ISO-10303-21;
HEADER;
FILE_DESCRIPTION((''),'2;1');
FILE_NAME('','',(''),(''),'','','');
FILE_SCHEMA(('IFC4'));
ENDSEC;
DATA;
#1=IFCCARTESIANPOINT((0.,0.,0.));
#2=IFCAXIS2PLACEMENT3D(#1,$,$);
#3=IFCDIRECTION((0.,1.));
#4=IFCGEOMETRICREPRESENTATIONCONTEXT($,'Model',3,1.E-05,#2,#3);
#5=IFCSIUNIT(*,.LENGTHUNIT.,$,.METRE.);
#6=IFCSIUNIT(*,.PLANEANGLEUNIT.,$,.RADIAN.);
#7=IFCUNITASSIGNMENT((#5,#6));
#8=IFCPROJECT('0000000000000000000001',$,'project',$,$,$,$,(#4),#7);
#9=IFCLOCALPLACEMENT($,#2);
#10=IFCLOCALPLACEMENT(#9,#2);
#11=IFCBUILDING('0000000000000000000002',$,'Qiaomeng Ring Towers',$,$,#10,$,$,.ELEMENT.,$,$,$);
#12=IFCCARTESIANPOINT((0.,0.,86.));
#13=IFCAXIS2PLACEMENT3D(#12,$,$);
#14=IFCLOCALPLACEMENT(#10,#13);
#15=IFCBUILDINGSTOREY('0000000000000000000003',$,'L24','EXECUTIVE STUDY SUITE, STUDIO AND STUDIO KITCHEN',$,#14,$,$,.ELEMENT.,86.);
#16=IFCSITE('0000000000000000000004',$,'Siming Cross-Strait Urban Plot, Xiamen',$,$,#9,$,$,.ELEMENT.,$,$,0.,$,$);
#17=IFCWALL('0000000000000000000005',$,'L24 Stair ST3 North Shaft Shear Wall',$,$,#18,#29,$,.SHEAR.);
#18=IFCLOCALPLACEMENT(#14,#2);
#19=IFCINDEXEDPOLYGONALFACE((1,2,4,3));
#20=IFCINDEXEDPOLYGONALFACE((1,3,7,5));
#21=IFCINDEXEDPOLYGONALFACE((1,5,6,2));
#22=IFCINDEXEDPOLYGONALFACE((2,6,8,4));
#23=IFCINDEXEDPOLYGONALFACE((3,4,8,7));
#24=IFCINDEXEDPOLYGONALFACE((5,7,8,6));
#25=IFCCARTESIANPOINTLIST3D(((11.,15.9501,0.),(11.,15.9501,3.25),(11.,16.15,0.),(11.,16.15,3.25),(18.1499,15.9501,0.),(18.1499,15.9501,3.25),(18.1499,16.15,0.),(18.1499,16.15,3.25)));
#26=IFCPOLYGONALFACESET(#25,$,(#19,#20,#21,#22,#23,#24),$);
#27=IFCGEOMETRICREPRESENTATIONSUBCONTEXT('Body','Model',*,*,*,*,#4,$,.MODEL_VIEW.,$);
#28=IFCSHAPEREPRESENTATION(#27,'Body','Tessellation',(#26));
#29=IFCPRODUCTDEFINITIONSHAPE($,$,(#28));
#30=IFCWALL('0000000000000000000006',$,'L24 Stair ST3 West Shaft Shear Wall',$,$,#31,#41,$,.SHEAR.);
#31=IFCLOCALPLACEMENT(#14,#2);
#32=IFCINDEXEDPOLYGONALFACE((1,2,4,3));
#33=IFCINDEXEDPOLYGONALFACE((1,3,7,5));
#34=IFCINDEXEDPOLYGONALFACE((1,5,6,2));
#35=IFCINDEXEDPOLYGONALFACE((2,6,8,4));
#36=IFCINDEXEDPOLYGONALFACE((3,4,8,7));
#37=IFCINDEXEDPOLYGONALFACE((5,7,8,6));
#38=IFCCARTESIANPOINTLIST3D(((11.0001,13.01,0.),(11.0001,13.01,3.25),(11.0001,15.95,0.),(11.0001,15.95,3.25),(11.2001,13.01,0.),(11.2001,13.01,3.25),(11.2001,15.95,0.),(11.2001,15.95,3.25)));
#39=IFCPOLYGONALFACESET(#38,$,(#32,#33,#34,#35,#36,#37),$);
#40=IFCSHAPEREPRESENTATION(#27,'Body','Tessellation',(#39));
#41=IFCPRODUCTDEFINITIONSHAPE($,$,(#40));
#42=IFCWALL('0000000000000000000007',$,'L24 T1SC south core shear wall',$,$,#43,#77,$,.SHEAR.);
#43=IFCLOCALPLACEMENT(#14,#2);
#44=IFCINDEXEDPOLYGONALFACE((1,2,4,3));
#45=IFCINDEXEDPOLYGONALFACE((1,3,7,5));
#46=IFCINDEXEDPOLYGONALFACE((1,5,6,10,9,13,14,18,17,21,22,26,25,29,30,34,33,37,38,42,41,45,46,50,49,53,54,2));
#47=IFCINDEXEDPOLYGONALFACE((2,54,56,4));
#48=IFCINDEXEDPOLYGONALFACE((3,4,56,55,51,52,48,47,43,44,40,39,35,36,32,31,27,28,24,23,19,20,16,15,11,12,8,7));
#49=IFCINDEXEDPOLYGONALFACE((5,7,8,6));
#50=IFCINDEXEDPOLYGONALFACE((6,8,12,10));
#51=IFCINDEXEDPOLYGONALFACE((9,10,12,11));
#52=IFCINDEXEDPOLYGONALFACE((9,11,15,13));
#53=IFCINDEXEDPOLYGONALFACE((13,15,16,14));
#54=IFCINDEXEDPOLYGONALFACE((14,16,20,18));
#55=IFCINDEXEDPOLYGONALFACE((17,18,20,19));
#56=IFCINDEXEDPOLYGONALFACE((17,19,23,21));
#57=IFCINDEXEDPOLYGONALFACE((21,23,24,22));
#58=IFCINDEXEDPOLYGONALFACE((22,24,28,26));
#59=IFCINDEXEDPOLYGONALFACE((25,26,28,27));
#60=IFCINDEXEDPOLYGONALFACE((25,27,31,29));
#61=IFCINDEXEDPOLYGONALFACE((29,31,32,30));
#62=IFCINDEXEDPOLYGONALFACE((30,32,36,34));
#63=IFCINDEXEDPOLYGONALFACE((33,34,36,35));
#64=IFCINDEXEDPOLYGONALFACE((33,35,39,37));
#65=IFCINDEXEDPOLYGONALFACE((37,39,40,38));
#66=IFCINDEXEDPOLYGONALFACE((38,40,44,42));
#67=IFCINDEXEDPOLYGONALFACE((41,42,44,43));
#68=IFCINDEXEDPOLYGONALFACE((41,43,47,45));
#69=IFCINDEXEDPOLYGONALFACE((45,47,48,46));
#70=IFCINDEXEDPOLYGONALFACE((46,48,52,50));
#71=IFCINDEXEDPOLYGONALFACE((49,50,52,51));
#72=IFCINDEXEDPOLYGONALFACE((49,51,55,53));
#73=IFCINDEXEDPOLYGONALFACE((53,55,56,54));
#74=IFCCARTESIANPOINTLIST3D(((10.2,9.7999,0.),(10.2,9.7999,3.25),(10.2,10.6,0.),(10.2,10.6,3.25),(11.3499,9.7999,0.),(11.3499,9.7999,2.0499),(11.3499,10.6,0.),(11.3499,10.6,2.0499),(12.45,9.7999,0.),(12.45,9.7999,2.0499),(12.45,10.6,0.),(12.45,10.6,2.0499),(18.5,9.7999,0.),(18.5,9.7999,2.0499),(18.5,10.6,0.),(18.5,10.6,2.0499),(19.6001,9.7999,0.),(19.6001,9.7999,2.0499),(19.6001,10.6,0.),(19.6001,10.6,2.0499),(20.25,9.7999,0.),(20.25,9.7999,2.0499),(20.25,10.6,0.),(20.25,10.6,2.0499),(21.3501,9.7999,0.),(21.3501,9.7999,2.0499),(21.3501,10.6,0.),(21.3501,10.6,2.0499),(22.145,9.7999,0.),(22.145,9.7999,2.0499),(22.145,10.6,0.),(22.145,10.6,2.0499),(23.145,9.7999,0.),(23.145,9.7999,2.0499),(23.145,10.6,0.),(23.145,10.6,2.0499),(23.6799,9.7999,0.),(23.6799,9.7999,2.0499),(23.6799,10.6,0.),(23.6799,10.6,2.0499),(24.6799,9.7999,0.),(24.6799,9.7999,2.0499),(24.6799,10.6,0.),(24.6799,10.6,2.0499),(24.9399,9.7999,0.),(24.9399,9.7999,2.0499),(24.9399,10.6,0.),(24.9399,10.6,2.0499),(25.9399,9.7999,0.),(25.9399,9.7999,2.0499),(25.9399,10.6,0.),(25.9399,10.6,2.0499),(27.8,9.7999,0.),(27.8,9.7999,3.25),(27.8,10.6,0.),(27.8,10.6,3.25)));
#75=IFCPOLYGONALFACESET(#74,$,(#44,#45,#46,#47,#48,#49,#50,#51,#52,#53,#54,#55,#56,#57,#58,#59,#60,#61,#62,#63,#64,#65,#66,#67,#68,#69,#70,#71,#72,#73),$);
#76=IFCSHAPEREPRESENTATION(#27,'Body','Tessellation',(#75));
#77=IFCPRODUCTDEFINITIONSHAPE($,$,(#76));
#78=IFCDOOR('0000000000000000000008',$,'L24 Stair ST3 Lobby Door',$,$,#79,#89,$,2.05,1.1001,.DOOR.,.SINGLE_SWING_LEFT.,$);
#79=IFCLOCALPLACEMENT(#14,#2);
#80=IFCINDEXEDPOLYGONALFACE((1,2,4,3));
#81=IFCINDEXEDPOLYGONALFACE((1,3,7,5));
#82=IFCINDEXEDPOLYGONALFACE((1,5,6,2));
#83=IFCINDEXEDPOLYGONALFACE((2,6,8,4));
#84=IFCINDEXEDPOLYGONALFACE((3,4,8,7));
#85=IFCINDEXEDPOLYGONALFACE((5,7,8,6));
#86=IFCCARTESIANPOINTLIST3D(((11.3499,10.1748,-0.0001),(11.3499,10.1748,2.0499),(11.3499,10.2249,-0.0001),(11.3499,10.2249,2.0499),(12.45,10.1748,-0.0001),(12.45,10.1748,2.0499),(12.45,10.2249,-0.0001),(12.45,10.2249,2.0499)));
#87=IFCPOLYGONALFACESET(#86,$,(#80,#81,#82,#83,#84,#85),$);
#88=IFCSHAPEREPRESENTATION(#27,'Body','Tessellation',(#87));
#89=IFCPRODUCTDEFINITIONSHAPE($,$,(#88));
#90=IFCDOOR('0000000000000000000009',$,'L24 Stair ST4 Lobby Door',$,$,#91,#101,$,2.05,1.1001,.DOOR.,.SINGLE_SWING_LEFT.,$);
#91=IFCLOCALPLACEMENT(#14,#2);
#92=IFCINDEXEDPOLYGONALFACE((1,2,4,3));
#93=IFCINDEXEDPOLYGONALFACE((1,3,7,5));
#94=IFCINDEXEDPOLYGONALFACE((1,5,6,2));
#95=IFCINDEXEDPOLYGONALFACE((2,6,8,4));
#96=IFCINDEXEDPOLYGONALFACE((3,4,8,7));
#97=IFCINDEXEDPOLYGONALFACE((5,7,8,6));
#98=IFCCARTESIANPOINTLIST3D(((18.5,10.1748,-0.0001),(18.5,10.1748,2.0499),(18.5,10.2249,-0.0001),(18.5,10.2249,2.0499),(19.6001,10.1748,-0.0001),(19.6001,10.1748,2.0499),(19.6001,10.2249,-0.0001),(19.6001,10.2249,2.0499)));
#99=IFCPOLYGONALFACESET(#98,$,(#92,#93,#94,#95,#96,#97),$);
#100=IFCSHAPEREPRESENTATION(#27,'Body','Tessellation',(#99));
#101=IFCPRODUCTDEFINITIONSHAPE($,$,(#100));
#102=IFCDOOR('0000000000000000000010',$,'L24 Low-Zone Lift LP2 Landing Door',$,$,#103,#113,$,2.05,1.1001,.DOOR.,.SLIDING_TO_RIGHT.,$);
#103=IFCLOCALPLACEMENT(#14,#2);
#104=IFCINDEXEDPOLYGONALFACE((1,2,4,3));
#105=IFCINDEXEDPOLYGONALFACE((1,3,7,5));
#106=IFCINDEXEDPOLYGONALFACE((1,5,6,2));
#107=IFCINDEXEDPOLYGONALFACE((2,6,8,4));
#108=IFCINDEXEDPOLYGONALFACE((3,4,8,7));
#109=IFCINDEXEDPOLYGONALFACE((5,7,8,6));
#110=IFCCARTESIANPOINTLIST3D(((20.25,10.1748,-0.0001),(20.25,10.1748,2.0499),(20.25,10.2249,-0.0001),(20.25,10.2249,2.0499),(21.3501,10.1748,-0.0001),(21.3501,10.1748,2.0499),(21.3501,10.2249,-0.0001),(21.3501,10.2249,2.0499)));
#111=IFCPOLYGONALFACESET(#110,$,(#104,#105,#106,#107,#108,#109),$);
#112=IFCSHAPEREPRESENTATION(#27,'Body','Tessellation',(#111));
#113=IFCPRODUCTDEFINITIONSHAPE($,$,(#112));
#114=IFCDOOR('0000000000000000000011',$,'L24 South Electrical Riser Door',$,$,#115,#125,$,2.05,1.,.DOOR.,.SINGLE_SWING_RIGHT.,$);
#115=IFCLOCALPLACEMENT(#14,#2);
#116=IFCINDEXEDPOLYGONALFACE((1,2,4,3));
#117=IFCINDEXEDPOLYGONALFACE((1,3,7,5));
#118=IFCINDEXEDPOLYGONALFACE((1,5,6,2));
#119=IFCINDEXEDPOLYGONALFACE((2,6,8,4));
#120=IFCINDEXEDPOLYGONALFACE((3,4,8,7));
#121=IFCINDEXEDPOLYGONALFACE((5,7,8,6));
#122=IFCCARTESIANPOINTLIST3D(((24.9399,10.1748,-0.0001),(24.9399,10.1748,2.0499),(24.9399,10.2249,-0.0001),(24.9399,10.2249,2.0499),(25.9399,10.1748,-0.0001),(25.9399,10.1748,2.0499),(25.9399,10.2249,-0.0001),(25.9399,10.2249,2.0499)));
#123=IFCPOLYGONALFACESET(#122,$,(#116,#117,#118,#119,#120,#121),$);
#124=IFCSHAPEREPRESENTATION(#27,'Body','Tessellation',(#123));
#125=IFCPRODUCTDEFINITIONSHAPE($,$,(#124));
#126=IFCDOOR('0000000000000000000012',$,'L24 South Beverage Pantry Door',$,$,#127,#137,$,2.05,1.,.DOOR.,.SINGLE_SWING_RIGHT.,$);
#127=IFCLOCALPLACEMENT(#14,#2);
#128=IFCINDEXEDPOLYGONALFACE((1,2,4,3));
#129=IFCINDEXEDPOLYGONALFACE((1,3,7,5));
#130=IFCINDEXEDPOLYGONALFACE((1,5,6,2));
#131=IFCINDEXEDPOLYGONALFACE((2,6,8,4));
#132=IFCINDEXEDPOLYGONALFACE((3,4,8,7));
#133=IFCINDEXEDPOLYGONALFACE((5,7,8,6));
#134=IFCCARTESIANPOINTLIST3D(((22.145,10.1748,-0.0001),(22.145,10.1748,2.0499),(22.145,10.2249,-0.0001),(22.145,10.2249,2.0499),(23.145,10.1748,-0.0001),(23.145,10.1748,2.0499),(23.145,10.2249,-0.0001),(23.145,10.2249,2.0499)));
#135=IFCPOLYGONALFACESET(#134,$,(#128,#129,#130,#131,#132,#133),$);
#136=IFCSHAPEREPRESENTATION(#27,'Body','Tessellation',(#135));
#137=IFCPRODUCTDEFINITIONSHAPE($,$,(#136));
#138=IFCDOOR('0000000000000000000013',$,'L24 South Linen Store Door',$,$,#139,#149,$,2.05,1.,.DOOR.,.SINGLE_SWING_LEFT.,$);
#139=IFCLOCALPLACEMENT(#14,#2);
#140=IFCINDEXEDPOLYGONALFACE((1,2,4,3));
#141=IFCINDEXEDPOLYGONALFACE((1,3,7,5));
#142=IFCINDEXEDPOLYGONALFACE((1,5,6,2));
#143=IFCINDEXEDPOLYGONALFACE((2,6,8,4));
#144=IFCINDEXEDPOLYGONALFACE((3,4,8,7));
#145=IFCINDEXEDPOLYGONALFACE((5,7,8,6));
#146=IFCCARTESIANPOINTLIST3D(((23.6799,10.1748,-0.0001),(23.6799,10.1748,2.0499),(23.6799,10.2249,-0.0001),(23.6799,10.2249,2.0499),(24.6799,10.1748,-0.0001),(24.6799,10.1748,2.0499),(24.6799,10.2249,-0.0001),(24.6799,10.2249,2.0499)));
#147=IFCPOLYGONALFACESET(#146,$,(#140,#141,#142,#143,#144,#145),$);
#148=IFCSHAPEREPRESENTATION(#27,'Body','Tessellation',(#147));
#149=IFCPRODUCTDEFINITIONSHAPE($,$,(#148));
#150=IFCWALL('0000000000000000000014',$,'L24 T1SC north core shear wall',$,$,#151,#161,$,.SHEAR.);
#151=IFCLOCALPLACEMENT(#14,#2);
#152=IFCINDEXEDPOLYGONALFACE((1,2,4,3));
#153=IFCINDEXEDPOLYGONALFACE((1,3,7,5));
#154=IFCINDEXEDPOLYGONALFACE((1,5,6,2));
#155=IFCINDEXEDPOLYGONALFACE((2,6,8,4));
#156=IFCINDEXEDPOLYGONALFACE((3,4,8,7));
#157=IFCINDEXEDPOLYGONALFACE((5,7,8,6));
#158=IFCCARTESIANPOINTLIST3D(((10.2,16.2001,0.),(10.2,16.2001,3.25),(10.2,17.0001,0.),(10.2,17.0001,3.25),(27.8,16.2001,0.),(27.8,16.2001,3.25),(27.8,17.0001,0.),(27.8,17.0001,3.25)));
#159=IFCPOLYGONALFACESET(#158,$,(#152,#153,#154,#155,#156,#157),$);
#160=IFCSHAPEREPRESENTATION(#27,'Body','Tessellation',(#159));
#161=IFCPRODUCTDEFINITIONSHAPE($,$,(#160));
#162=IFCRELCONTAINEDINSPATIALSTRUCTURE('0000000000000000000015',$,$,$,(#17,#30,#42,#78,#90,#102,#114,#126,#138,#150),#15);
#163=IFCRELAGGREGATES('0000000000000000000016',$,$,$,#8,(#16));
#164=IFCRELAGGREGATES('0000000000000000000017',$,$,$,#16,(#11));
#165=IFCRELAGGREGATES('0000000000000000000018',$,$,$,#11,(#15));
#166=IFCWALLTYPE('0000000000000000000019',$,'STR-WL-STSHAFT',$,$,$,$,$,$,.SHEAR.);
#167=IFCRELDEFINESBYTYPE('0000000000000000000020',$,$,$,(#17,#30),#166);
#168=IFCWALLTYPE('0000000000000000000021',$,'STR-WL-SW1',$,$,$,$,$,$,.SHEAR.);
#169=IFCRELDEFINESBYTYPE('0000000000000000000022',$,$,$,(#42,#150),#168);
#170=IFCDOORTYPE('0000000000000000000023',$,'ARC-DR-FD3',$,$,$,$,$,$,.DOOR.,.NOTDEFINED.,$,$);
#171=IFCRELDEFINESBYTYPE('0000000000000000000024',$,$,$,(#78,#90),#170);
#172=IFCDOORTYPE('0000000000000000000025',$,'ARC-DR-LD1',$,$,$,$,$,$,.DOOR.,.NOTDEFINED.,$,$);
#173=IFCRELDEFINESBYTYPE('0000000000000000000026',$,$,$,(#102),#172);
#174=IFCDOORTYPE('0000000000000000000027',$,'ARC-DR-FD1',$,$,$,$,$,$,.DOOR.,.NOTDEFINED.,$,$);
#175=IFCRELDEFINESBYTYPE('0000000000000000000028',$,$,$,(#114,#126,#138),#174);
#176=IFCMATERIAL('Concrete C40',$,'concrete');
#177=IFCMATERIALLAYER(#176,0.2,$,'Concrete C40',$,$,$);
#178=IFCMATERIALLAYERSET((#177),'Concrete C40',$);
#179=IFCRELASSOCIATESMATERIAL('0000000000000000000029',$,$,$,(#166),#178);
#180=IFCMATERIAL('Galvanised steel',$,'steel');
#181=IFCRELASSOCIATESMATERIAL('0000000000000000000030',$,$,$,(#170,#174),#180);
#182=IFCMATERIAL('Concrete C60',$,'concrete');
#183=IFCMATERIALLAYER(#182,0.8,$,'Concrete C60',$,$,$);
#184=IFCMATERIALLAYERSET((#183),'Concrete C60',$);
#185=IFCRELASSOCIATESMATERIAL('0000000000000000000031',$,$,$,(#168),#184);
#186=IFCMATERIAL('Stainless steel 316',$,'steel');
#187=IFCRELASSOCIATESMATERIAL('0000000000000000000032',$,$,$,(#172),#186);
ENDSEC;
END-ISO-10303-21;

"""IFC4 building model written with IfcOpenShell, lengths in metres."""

from ifc_helpers import new_model, si_unit, direction, frame, frame_2d, origin, place, context, subcontext, project, spatial, rectangle, extrude, source, transform, mapped, material, layer, layer_set, type_object, element, fill, save


model = new_model("IFC4")

# Units and contexts
model_context = context("Model", 3, precision=1e-05, world=origin(), true_north=direction((0.0, 1.0)))
body_context = subcontext(model_context, "Body", "Model", "MODEL_VIEW")
ifc_project = project(units=[si_unit("LENGTHUNIT", "METRE"), si_unit("PLANEANGLEUNIT", "RADIAN")], contexts=[model_context])

# Site, building, storey
site_placement = place(None, origin())
site = spatial("IfcSite", under=ifc_project, at=site_placement, Name="Siming Cross-Strait Urban Plot, Xiamen", CompositionType="ELEMENT", RefElevation=0.0)
building_placement = place(site_placement, origin())
building = spatial("IfcBuilding", under=site, at=building_placement, Name="Qiaomeng Ring Towers", CompositionType="ELEMENT")
storey_placement = place(building_placement, frame((0.0, 0.0, 86.0)))
storey = spatial("IfcBuildingStorey", under=building, at=storey_placement, Name="L24", Description="EXECUTIVE STUDY SUITE, STUDIO AND STUDIO KITCHEN", CompositionType="ELEMENT", Elevation=86.0)

# Shared definitions
shared_shape_1 = source(origin(), body_context, "Body", "SweptSolid", [
    extrude(rectangle(XDim=1.0, YDim=2.05, at=frame_2d((0.5, 1.0249))), frame((0.0, 0.0249, 0.0), z_axis=(0.0, -1.0, 0.0), x_axis=(1.0, 0.0, 0.0)), (0.0, 0.0, 1.0), 0.05),
])

# Shared definitions
ifc_material_1 = material(Name="Concrete C40", Category="concrete")
ifc_layer_1 = layer(ifc_material_1, 0.2, Name="Concrete C40")
ifc_layer_set_1 = layer_set([ifc_layer_1], Name="Concrete C40")
wall_type_1 = type_object("IfcWallType", Name="STR-WL-STSHAFT", PredefinedType="SHEAR", material=ifc_layer_set_1)
ifc_material_2 = material(Name="Galvanised steel", Category="steel")
door_type_1 = type_object("IfcDoorType", Name="ARC-DR-FD3", OperationType="NOTDEFINED", PredefinedType="DOOR", material=ifc_material_2)
shared_shape_2 = source(origin(), body_context, "Body", "SweptSolid", [
    extrude(rectangle(XDim=1.1001, YDim=2.05, at=frame_2d((0.55, 1.0249))), frame((0.0, 0.0249, 0.0), z_axis=(0.0, -1.0, 0.0), x_axis=(1.0, 0.0, 0.0)), (0.0, 0.0, 1.0), 0.05),
])

# Walls
wall_1_placement = place(storey_placement, frame((11.0, 16.05, 0.0), z_axis=(0.0, 0.0, 1.0), x_axis=(1.0, 0.0, 0.0)))
element("IfcWall", 1, at=wall_1_placement, inside=storey, type_object=wall_type_1, Name="L24 Stair ST3 North Shaft Shear Wall", PredefinedType="SHEAR", context=body_context, shape_type="SweptSolid", body=[
    extrude(rectangle(XDim=7.1499, YDim=0.2, at=frame_2d((3.575, 0.0))), origin(), (0.0, 0.0, 1.0), 3.25),
])
wall_2_placement = place(storey_placement, frame((11.1001, 13.01, 0.0), z_axis=(0.0, 0.0, 1.0), x_axis=(0.0, 1.0, 0.0)))
element("IfcWall", 2, at=wall_2_placement, inside=storey, type_object=wall_type_1, Name="L24 Stair ST3 West Shaft Shear Wall", PredefinedType="SHEAR", context=body_context, shape_type="SweptSolid", body=[
    extrude(rectangle(XDim=2.9399, YDim=0.2, at=frame_2d((1.47, 0.0))), origin(), (0.0, 0.0, 1.0), 3.25),
])

# Wall, openings, doors
ifc_material_3 = material(Name="Concrete C60", Category="concrete")
ifc_layer_2 = layer(ifc_material_3, 0.8, Name="Concrete C60")
ifc_layer_set_2 = layer_set([ifc_layer_2], Name="Concrete C60")
wall_type_2 = type_object("IfcWallType", Name="STR-WL-SW1", PredefinedType="SHEAR", material=ifc_layer_set_2)
wall_3_placement = place(storey_placement, frame((10.2, 10.2, 0.0), z_axis=(0.0, 0.0, 1.0), x_axis=(1.0, 0.0, 0.0)))
wall_3 = element("IfcWall", 3, at=wall_3_placement, inside=storey, type_object=wall_type_2, Name="L24 T1SC south core shear wall", PredefinedType="SHEAR", context=body_context, shape_type="SweptSolid", body=[
    extrude(rectangle(XDim=17.6001, YDim=0.8, at=frame_2d((8.8, 0.0))), origin(), (0.0, 0.0, 1.0), 3.25),
])
opening_1_placement = place(wall_3_placement, frame((1.1499, 0.0, 0.0)))
opening_1 = element("IfcOpeningElement", 4, at=opening_1_placement, cuts=wall_3, PredefinedType="OPENING", context=body_context, shape_type="SweptSolid", body=[
    extrude(rectangle(XDim=1.1001, YDim=2.05, at=frame_2d((0.55, 1.0249))), frame((0.0, 0.4099, 0.0), z_axis=(0.0, -1.0, 0.0), x_axis=(1.0, 0.0, 0.0)), (0.0, 0.0, 1.0), 0.8201),
])
opening_2_placement = place(wall_3_placement, frame((8.3, 0.0, 0.0)))
opening_2 = element("IfcOpeningElement", 5, at=opening_2_placement, cuts=wall_3, PredefinedType="OPENING", context=body_context, shape_type="SweptSolid", body=[
    extrude(rectangle(XDim=1.1001, YDim=2.05, at=frame_2d((0.55, 1.0249))), frame((0.0, 0.4099, 0.0), z_axis=(0.0, -1.0, 0.0), x_axis=(1.0, 0.0, 0.0)), (0.0, 0.0, 1.0), 0.8201),
])
opening_3_placement = place(wall_3_placement, frame((10.05, 0.0, 0.0)))
opening_3 = element("IfcOpeningElement", 6, at=opening_3_placement, cuts=wall_3, PredefinedType="OPENING", context=body_context, shape_type="SweptSolid", body=[
    extrude(rectangle(XDim=1.1001, YDim=2.05, at=frame_2d((0.55, 1.0249))), frame((0.0, 0.4099, 0.0), z_axis=(0.0, -1.0, 0.0), x_axis=(1.0, 0.0, 0.0)), (0.0, 0.0, 1.0), 0.8201),
])
opening_4_placement = place(wall_3_placement, frame((14.74, 0.0, 0.0)))
opening_4 = element("IfcOpeningElement", 7, at=opening_4_placement, cuts=wall_3, PredefinedType="OPENING", context=body_context, shape_type="SweptSolid", body=[
    extrude(rectangle(XDim=1.0, YDim=2.05, at=frame_2d((0.5, 1.0249))), frame((0.0, 0.4099, 0.0), z_axis=(0.0, -1.0, 0.0), x_axis=(1.0, 0.0, 0.0)), (0.0, 0.0, 1.0), 0.8201),
])
opening_5_placement = place(wall_3_placement, frame((11.9451, 0.0, 0.0)))
opening_5 = element("IfcOpeningElement", 8, at=opening_5_placement, cuts=wall_3, PredefinedType="OPENING", context=body_context, shape_type="SweptSolid", body=[
    extrude(rectangle(XDim=1.0, YDim=2.05, at=frame_2d((0.5, 1.0249))), frame((0.0, 0.4099, 0.0), z_axis=(0.0, -1.0, 0.0), x_axis=(1.0, 0.0, 0.0)), (0.0, 0.0, 1.0), 0.8201),
])
opening_6_placement = place(wall_3_placement, frame((13.48, 0.0, 0.0)))
opening_6 = element("IfcOpeningElement", 9, at=opening_6_placement, cuts=wall_3, PredefinedType="OPENING", context=body_context, shape_type="SweptSolid", body=[
    extrude(rectangle(XDim=1.0, YDim=2.05, at=frame_2d((0.5, 1.0249))), frame((0.0, 0.4099, 0.0), z_axis=(0.0, -1.0, 0.0), x_axis=(1.0, 0.0, 0.0)), (0.0, 0.0, 1.0), 0.8201),
])
door_1_placement = place(opening_1_placement, origin())
door_1 = element("IfcDoor", 10, at=door_1_placement, inside=storey, type_object=door_type_1, Name="L24 Stair ST3 Lobby Door", OperationType="SINGLE_SWING_LEFT", OverallHeight=2.05, OverallWidth=1.1001, PredefinedType="DOOR", context=body_context, shape_type="MappedRepresentation", body=[
    mapped(shared_shape_2, transform((0.0, 0.0, 0.0), x_axis=(1.0, 0.0, 0.0), y_axis=(0.0, 1.0, 0.0), z_axis=(0.0, 0.0, 1.0), scale=1.0)),
])
fill(opening_1, door_1)
door_2_placement = place(opening_2_placement, origin())
door_2 = element("IfcDoor", 11, at=door_2_placement, inside=storey, type_object=door_type_1, Name="L24 Stair ST4 Lobby Door", OperationType="SINGLE_SWING_LEFT", OverallHeight=2.05, OverallWidth=1.1001, PredefinedType="DOOR", context=body_context, shape_type="MappedRepresentation", body=[
    mapped(shared_shape_2, transform((0.0, 0.0, 0.0), x_axis=(1.0, 0.0, 0.0), y_axis=(0.0, 1.0, 0.0), z_axis=(0.0, 0.0, 1.0), scale=1.0)),
])
fill(opening_2, door_2)
ifc_material_4 = material(Name="Stainless steel 316", Category="steel")
door_type_2 = type_object("IfcDoorType", Name="ARC-DR-LD1", OperationType="NOTDEFINED", PredefinedType="DOOR", material=ifc_material_4)
door_3_placement = place(opening_3_placement, origin())
door_3 = element("IfcDoor", 12, at=door_3_placement, inside=storey, type_object=door_type_2, Name="L24 Low-Zone Lift LP2 Landing Door", OperationType="SLIDING_TO_RIGHT", OverallHeight=2.05, OverallWidth=1.1001, PredefinedType="DOOR", context=body_context, shape_type="MappedRepresentation", body=[
    mapped(shared_shape_2, transform((0.0, 0.0, 0.0), x_axis=(1.0, 0.0, 0.0), y_axis=(0.0, 1.0, 0.0), z_axis=(0.0, 0.0, 1.0), scale=1.0)),
])
fill(opening_3, door_3)
door_type_3 = type_object("IfcDoorType", Name="ARC-DR-FD1", OperationType="NOTDEFINED", PredefinedType="DOOR", material=ifc_material_2)
door_4_placement = place(opening_4_placement, origin())
door_4 = element("IfcDoor", 13, at=door_4_placement, inside=storey, type_object=door_type_3, Name="L24 South Electrical Riser Door", OperationType="SINGLE_SWING_RIGHT", OverallHeight=2.05, OverallWidth=1.0, PredefinedType="DOOR", context=body_context, shape_type="MappedRepresentation", body=[
    mapped(shared_shape_1, transform((0.0, 0.0, 0.0), x_axis=(1.0, 0.0, 0.0), y_axis=(0.0, 1.0, 0.0), z_axis=(0.0, 0.0, 1.0), scale=1.0)),
])
fill(opening_4, door_4)
door_5_placement = place(opening_5_placement, origin())
door_5 = element("IfcDoor", 14, at=door_5_placement, inside=storey, type_object=door_type_3, Name="L24 South Beverage Pantry Door", OperationType="SINGLE_SWING_RIGHT", OverallHeight=2.05, OverallWidth=1.0, PredefinedType="DOOR", context=body_context, shape_type="MappedRepresentation", body=[
    mapped(shared_shape_1, transform((0.0, 0.0, 0.0), x_axis=(1.0, 0.0, 0.0), y_axis=(0.0, 1.0, 0.0), z_axis=(0.0, 0.0, 1.0), scale=1.0)),
])
fill(opening_5, door_5)
door_6_placement = place(opening_6_placement, origin())
door_6 = element("IfcDoor", 15, at=door_6_placement, inside=storey, type_object=door_type_3, Name="L24 South Linen Store Door", OperationType="SINGLE_SWING_LEFT", OverallHeight=2.05, OverallWidth=1.0, PredefinedType="DOOR", context=body_context, shape_type="MappedRepresentation", body=[
    mapped(shared_shape_1, transform((0.0, 0.0, 0.0), x_axis=(1.0, 0.0, 0.0), y_axis=(0.0, 1.0, 0.0), z_axis=(0.0, 0.0, 1.0), scale=1.0)),
])
fill(opening_6, door_6)

# Wall
wall_4_placement = place(storey_placement, frame((10.2, 16.6001, 0.0), z_axis=(0.0, 0.0, 1.0), x_axis=(1.0, 0.0, 0.0)))
element("IfcWall", 16, at=wall_4_placement, inside=storey, type_object=wall_type_2, Name="L24 T1SC north core shear wall", PredefinedType="SHEAR", context=body_context, shape_type="SweptSolid", body=[
    extrude(rectangle(XDim=17.6001, YDim=0.8, at=frame_2d((8.8, 0.0))), origin(), (0.0, 0.0, 1.0), 3.25),
])

save(model, "model.ifc")
